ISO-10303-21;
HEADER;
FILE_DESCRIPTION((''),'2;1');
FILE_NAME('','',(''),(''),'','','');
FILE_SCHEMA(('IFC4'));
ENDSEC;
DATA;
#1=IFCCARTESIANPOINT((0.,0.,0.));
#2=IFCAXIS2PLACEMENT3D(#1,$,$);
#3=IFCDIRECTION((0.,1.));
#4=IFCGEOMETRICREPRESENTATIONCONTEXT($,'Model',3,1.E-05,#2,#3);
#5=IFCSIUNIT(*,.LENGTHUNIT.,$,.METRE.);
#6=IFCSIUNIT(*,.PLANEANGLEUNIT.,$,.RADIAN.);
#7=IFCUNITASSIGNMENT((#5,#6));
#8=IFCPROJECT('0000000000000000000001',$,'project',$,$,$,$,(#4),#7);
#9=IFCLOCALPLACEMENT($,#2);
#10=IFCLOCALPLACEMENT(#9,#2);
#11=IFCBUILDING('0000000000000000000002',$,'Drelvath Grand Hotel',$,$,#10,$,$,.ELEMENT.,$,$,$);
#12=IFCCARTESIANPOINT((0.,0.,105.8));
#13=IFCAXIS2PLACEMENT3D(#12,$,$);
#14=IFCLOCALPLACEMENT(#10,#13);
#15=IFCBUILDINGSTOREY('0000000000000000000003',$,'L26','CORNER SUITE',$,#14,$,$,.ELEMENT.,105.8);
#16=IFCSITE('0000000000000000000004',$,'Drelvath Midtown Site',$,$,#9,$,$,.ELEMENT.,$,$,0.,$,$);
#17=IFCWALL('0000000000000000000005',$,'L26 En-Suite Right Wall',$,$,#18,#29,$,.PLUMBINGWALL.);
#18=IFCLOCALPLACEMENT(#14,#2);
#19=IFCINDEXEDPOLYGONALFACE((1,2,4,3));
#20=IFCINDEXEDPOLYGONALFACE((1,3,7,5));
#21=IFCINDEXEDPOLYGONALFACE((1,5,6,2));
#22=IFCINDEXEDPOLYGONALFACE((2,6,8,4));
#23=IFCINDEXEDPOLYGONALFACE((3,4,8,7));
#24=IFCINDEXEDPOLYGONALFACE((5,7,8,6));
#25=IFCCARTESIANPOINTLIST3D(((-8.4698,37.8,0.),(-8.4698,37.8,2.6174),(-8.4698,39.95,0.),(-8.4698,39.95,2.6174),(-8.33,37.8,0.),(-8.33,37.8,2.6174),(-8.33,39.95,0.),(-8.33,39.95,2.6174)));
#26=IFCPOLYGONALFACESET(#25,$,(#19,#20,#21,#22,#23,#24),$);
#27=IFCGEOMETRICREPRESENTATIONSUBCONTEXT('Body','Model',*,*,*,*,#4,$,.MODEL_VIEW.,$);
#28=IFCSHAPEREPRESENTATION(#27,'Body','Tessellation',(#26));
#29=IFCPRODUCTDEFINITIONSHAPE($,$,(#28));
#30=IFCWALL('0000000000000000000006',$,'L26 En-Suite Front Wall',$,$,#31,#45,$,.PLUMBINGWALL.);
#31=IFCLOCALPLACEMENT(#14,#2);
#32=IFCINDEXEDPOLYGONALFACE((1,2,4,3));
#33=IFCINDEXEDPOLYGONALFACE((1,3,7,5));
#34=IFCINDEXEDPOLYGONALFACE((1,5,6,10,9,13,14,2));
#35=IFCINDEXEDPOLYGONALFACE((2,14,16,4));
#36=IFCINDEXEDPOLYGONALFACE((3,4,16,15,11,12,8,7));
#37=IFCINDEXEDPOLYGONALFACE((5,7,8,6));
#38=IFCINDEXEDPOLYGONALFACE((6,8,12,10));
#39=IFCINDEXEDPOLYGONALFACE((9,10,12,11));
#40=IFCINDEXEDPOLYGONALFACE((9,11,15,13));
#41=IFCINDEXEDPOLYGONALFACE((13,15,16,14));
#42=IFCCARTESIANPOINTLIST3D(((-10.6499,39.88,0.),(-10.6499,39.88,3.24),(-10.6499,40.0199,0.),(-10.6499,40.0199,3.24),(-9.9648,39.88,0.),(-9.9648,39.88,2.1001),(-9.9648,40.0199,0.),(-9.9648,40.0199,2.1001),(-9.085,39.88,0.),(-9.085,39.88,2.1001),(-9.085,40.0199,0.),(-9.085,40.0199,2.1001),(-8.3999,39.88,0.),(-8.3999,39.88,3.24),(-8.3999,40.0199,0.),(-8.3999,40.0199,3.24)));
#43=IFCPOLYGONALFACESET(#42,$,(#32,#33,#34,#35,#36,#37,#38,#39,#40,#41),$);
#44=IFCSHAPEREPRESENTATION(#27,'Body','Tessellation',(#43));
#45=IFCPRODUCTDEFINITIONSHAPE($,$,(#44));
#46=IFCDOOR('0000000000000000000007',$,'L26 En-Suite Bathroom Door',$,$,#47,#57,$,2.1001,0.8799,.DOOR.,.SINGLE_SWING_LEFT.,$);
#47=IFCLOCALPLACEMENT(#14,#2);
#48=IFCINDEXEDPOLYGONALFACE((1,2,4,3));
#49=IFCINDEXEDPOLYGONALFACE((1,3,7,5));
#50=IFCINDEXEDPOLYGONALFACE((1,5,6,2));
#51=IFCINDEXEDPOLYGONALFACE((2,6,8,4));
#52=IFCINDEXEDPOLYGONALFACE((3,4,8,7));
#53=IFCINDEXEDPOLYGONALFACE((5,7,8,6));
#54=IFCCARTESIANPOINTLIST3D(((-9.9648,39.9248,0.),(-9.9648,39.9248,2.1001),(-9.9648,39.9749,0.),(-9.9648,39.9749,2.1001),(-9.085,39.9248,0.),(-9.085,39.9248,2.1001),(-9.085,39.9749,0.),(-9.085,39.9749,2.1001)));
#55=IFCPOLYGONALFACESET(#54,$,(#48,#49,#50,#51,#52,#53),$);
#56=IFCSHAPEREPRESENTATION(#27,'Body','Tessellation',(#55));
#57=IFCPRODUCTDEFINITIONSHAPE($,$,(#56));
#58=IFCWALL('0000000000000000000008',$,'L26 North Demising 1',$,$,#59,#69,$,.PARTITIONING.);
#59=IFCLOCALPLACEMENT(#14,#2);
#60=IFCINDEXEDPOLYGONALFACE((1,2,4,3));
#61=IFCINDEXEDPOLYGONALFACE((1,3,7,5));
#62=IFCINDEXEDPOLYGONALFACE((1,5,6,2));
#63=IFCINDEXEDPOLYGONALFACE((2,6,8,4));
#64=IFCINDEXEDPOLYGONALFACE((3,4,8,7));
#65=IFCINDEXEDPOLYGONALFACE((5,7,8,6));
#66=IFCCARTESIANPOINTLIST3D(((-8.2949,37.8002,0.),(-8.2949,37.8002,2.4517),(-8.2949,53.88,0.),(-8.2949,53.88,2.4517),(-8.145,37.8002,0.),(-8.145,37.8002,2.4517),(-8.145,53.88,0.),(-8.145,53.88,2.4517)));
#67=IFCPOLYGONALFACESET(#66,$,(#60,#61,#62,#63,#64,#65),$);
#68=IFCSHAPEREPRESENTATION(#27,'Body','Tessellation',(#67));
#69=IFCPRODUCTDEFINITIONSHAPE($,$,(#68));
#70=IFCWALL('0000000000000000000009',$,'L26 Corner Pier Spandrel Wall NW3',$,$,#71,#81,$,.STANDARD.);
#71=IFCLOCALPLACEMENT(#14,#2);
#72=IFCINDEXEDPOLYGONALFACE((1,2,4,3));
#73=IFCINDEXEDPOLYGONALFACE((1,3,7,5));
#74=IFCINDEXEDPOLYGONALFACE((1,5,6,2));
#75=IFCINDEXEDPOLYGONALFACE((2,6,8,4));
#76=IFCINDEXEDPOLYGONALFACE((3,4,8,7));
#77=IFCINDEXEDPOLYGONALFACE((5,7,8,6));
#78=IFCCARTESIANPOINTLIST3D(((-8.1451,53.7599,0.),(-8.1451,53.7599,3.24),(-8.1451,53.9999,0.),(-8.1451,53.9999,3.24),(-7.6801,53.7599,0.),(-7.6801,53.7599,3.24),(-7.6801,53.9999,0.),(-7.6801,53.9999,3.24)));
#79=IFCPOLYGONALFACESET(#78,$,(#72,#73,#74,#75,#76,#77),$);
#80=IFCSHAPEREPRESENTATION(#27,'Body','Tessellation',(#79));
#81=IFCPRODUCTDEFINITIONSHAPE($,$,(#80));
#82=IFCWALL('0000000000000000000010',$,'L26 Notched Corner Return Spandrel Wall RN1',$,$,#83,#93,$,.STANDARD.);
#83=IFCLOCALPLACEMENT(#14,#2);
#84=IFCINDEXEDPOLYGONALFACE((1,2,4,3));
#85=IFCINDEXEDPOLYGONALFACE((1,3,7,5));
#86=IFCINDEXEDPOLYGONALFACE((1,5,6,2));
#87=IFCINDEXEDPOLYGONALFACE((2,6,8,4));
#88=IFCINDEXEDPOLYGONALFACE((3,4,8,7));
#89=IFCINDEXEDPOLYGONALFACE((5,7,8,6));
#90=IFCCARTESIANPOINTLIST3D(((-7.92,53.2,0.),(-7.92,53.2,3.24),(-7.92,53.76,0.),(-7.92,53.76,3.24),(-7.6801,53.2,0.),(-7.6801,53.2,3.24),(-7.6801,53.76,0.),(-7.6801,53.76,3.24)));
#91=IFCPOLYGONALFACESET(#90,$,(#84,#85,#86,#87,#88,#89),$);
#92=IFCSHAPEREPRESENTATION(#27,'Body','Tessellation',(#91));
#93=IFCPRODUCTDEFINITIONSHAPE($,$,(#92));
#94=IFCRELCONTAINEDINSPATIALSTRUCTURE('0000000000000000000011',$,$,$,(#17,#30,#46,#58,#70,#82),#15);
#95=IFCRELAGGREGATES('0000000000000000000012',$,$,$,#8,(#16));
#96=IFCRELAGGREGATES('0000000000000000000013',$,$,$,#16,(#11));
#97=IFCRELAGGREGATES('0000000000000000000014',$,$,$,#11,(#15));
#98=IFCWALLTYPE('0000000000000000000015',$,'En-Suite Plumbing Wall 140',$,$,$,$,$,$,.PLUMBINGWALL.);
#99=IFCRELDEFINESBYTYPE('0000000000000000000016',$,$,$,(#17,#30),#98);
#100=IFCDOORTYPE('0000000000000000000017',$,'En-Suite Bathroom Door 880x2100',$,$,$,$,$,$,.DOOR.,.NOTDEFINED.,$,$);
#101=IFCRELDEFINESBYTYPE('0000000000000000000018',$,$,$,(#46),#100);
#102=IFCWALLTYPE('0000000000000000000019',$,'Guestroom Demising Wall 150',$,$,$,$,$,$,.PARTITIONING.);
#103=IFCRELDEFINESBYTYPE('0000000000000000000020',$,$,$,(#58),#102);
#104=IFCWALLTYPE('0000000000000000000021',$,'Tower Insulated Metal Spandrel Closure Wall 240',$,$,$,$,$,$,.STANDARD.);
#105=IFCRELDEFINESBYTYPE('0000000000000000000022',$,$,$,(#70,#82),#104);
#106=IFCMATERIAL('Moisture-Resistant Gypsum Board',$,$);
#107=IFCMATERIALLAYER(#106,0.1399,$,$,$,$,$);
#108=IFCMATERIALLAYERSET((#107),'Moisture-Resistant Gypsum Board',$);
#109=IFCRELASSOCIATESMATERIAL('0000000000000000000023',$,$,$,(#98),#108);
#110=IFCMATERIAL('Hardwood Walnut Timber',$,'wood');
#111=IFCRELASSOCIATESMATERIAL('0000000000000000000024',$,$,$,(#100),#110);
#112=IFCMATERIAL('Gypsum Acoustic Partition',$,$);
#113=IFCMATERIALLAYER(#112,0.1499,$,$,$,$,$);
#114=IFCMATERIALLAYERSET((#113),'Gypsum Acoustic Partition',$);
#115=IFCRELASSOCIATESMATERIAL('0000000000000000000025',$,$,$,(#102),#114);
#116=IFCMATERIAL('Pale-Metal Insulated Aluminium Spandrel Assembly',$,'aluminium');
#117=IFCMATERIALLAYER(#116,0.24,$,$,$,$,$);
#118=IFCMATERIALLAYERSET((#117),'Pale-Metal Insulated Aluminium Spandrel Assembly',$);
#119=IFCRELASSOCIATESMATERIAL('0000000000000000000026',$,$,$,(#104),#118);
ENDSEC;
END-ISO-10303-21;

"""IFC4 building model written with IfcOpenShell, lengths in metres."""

from ifc_helpers import new_model, si_unit, direction, frame, frame_2d, origin, place, context, subcontext, project, spatial, rectangle, extrude, material, layer, layer_set, type_object, element, fill, save


model = new_model("IFC4")

# Units and contexts
model_context = context("Model", 3, precision=1e-05, world=origin(), true_north=direction((0.0, 1.0)))
body_context = subcontext(model_context, "Body", "Model", "MODEL_VIEW")
ifc_project = project(units=[si_unit("LENGTHUNIT", "METRE"), si_unit("PLANEANGLEUNIT", "RADIAN")], contexts=[model_context])

# Site, building, storey
site_placement = place(None, origin())
site = spatial("IfcSite", under=ifc_project, at=site_placement, Name="Drelvath Midtown Site", CompositionType="ELEMENT", RefElevation=0.0)
building_placement = place(site_placement, origin())
building = spatial("IfcBuilding", under=site, at=building_placement, Name="Drelvath Grand Hotel", CompositionType="ELEMENT")
storey_placement = place(building_placement, frame((0.0, 0.0, 105.8)))
storey = spatial("IfcBuildingStorey", under=building, at=storey_placement, Name="L26", Description="CORNER SUITE", CompositionType="ELEMENT", Elevation=105.8)

# Wall
ifc_material_1 = material(Name="Moisture-Resistant Gypsum Board")
ifc_layer_1 = layer(ifc_material_1, 0.1399)
ifc_layer_set_1 = layer_set([ifc_layer_1], Name="Moisture-Resistant Gypsum Board")
wall_type_1 = type_object("IfcWallType", Name="En-Suite Plumbing Wall 140", PredefinedType="PLUMBINGWALL", material=ifc_layer_set_1)
wall_1_placement = place(storey_placement, frame((-8.3999, 37.8, 0.0), z_axis=(0.0, 0.0, 1.0), x_axis=(0.0, 1.0, 0.0)))
element("IfcWall", 1, at=wall_1_placement, inside=storey, type_object=wall_type_1, Name="L26 En-Suite Right Wall", PredefinedType="PLUMBINGWALL", context=body_context, shape_type="SweptSolid", body=[
    extrude(rectangle(XDim=2.1499, YDim=0.1399, at=frame_2d((1.075, 0.0))), origin(), (0.0, 0.0, 1.0), 2.6174),
])

# Wall, opening, door
wall_2_placement = place(storey_placement, frame((-10.6499, 39.95, 0.0), z_axis=(0.0, 0.0, 1.0), x_axis=(1.0, 0.0, 0.0)))
wall_2 = element("IfcWall", 2, at=wall_2_placement, inside=storey, type_object=wall_type_1, Name="L26 En-Suite Front Wall", PredefinedType="PLUMBINGWALL", context=body_context, shape_type="SweptSolid", body=[
    extrude(rectangle(XDim=2.25, YDim=0.1399, at=frame_2d((1.125, 0.0))), origin(), (0.0, 0.0, 1.0), 3.24),
])
opening_placement = place(wall_2_placement, frame((0.6851, 0.0, 0.0)))
opening = element("IfcOpeningElement", 3, at=opening_placement, cuts=wall_2, PredefinedType="OPENING", context=body_context, shape_type="SweptSolid", body=[
    extrude(rectangle(XDim=0.8799, YDim=2.1001, at=frame_2d((0.4399, 1.05))), frame((0.0, 0.0798, 0.0), z_axis=(0.0, -1.0, 0.0), x_axis=(1.0, 0.0, 0.0)), (0.0, 0.0, 1.0), 0.1599),
])
ifc_material_2 = material(Name="Hardwood Walnut Timber", Category="wood")
door_type = type_object("IfcDoorType", Name="En-Suite Bathroom Door 880x2100", OperationType="NOTDEFINED", PredefinedType="DOOR", material=ifc_material_2)
door_placement = place(opening_placement, origin())
door = element("IfcDoor", 4, at=door_placement, inside=storey, type_object=door_type, Name="L26 En-Suite Bathroom Door", OperationType="SINGLE_SWING_LEFT", OverallHeight=2.1001, OverallWidth=0.8799, PredefinedType="DOOR", context=body_context, shape_type="SweptSolid", body=[
    extrude(rectangle(XDim=0.8799, YDim=2.1001, at=frame_2d((0.4399, 1.05))), frame((0.0, 0.0249, 0.0), z_axis=(0.0, -1.0, 0.0), x_axis=(1.0, 0.0, 0.0)), (0.0, 0.0, 1.0), 0.05),
])
fill(opening, door)

# Walls
ifc_material_3 = material(Name="Gypsum Acoustic Partition")
ifc_layer_2 = layer(ifc_material_3, 0.1499)
ifc_layer_set_2 = layer_set([ifc_layer_2], Name="Gypsum Acoustic Partition")
wall_type_2 = type_object("IfcWallType", Name="Guestroom Demising Wall 150", PredefinedType="PARTITIONING", material=ifc_layer_set_2)
wall_3_placement = place(storey_placement, frame((-8.22, 37.8, 0.0), z_axis=(0.0, 0.0, 1.0), x_axis=(0.0, 1.0, 0.0)))
element("IfcWall", 5, at=wall_3_placement, inside=storey, type_object=wall_type_2, Name="L26 North Demising 1", PredefinedType="PARTITIONING", context=body_context, shape_type="SweptSolid", body=[
    extrude(rectangle(XDim=16.0798, YDim=0.1499, at=frame_2d((8.04, 0.0))), origin(), (0.0, 0.0, 1.0), 2.4517),
])
ifc_material_4 = material(Name="Pale-Metal Insulated Aluminium Spandrel Assembly", Category="aluminium")
ifc_layer_3 = layer(ifc_material_4, 0.24)
ifc_layer_set_3 = layer_set([ifc_layer_3], Name="Pale-Metal Insulated Aluminium Spandrel Assembly")
wall_type_3 = type_object("IfcWallType", Name="Tower Insulated Metal Spandrel Closure Wall 240", PredefinedType="STANDARD", material=ifc_layer_set_3)
wall_4_placement = place(storey_placement, frame((-8.145, 53.8799, 0.0), z_axis=(0.0, 0.0, 1.0), x_axis=(1.0, 0.0, 0.0)))
element("IfcWall", 6, at=wall_4_placement, inside=storey, type_object=wall_type_3, Name="L26 Corner Pier Spandrel Wall NW3", PredefinedType="STANDARD", context=body_context, shape_type="SweptSolid", body=[
    extrude(rectangle(XDim=0.4651, YDim=0.24, at=frame_2d((0.2324, 0.0))), origin(), (0.0, 0.0, 1.0), 3.24),
])
wall_5_placement = place(storey_placement, frame((-7.8, 53.76, 0.0), z_axis=(0.0, 0.0, 1.0), x_axis=(0.0, -1.0, 0.0)))
element("IfcWall", 7, at=wall_5_placement, inside=storey, type_object=wall_type_3, Name="L26 Notched Corner Return Spandrel Wall RN1", PredefinedType="STANDARD", context=body_context, shape_type="SweptSolid", body=[
    extrude(rectangle(XDim=0.5601, YDim=0.24, at=frame_2d((0.28, 0.0))), origin(), (0.0, 0.0, 1.0), 3.24),
])

save(model, "model.ifc")
